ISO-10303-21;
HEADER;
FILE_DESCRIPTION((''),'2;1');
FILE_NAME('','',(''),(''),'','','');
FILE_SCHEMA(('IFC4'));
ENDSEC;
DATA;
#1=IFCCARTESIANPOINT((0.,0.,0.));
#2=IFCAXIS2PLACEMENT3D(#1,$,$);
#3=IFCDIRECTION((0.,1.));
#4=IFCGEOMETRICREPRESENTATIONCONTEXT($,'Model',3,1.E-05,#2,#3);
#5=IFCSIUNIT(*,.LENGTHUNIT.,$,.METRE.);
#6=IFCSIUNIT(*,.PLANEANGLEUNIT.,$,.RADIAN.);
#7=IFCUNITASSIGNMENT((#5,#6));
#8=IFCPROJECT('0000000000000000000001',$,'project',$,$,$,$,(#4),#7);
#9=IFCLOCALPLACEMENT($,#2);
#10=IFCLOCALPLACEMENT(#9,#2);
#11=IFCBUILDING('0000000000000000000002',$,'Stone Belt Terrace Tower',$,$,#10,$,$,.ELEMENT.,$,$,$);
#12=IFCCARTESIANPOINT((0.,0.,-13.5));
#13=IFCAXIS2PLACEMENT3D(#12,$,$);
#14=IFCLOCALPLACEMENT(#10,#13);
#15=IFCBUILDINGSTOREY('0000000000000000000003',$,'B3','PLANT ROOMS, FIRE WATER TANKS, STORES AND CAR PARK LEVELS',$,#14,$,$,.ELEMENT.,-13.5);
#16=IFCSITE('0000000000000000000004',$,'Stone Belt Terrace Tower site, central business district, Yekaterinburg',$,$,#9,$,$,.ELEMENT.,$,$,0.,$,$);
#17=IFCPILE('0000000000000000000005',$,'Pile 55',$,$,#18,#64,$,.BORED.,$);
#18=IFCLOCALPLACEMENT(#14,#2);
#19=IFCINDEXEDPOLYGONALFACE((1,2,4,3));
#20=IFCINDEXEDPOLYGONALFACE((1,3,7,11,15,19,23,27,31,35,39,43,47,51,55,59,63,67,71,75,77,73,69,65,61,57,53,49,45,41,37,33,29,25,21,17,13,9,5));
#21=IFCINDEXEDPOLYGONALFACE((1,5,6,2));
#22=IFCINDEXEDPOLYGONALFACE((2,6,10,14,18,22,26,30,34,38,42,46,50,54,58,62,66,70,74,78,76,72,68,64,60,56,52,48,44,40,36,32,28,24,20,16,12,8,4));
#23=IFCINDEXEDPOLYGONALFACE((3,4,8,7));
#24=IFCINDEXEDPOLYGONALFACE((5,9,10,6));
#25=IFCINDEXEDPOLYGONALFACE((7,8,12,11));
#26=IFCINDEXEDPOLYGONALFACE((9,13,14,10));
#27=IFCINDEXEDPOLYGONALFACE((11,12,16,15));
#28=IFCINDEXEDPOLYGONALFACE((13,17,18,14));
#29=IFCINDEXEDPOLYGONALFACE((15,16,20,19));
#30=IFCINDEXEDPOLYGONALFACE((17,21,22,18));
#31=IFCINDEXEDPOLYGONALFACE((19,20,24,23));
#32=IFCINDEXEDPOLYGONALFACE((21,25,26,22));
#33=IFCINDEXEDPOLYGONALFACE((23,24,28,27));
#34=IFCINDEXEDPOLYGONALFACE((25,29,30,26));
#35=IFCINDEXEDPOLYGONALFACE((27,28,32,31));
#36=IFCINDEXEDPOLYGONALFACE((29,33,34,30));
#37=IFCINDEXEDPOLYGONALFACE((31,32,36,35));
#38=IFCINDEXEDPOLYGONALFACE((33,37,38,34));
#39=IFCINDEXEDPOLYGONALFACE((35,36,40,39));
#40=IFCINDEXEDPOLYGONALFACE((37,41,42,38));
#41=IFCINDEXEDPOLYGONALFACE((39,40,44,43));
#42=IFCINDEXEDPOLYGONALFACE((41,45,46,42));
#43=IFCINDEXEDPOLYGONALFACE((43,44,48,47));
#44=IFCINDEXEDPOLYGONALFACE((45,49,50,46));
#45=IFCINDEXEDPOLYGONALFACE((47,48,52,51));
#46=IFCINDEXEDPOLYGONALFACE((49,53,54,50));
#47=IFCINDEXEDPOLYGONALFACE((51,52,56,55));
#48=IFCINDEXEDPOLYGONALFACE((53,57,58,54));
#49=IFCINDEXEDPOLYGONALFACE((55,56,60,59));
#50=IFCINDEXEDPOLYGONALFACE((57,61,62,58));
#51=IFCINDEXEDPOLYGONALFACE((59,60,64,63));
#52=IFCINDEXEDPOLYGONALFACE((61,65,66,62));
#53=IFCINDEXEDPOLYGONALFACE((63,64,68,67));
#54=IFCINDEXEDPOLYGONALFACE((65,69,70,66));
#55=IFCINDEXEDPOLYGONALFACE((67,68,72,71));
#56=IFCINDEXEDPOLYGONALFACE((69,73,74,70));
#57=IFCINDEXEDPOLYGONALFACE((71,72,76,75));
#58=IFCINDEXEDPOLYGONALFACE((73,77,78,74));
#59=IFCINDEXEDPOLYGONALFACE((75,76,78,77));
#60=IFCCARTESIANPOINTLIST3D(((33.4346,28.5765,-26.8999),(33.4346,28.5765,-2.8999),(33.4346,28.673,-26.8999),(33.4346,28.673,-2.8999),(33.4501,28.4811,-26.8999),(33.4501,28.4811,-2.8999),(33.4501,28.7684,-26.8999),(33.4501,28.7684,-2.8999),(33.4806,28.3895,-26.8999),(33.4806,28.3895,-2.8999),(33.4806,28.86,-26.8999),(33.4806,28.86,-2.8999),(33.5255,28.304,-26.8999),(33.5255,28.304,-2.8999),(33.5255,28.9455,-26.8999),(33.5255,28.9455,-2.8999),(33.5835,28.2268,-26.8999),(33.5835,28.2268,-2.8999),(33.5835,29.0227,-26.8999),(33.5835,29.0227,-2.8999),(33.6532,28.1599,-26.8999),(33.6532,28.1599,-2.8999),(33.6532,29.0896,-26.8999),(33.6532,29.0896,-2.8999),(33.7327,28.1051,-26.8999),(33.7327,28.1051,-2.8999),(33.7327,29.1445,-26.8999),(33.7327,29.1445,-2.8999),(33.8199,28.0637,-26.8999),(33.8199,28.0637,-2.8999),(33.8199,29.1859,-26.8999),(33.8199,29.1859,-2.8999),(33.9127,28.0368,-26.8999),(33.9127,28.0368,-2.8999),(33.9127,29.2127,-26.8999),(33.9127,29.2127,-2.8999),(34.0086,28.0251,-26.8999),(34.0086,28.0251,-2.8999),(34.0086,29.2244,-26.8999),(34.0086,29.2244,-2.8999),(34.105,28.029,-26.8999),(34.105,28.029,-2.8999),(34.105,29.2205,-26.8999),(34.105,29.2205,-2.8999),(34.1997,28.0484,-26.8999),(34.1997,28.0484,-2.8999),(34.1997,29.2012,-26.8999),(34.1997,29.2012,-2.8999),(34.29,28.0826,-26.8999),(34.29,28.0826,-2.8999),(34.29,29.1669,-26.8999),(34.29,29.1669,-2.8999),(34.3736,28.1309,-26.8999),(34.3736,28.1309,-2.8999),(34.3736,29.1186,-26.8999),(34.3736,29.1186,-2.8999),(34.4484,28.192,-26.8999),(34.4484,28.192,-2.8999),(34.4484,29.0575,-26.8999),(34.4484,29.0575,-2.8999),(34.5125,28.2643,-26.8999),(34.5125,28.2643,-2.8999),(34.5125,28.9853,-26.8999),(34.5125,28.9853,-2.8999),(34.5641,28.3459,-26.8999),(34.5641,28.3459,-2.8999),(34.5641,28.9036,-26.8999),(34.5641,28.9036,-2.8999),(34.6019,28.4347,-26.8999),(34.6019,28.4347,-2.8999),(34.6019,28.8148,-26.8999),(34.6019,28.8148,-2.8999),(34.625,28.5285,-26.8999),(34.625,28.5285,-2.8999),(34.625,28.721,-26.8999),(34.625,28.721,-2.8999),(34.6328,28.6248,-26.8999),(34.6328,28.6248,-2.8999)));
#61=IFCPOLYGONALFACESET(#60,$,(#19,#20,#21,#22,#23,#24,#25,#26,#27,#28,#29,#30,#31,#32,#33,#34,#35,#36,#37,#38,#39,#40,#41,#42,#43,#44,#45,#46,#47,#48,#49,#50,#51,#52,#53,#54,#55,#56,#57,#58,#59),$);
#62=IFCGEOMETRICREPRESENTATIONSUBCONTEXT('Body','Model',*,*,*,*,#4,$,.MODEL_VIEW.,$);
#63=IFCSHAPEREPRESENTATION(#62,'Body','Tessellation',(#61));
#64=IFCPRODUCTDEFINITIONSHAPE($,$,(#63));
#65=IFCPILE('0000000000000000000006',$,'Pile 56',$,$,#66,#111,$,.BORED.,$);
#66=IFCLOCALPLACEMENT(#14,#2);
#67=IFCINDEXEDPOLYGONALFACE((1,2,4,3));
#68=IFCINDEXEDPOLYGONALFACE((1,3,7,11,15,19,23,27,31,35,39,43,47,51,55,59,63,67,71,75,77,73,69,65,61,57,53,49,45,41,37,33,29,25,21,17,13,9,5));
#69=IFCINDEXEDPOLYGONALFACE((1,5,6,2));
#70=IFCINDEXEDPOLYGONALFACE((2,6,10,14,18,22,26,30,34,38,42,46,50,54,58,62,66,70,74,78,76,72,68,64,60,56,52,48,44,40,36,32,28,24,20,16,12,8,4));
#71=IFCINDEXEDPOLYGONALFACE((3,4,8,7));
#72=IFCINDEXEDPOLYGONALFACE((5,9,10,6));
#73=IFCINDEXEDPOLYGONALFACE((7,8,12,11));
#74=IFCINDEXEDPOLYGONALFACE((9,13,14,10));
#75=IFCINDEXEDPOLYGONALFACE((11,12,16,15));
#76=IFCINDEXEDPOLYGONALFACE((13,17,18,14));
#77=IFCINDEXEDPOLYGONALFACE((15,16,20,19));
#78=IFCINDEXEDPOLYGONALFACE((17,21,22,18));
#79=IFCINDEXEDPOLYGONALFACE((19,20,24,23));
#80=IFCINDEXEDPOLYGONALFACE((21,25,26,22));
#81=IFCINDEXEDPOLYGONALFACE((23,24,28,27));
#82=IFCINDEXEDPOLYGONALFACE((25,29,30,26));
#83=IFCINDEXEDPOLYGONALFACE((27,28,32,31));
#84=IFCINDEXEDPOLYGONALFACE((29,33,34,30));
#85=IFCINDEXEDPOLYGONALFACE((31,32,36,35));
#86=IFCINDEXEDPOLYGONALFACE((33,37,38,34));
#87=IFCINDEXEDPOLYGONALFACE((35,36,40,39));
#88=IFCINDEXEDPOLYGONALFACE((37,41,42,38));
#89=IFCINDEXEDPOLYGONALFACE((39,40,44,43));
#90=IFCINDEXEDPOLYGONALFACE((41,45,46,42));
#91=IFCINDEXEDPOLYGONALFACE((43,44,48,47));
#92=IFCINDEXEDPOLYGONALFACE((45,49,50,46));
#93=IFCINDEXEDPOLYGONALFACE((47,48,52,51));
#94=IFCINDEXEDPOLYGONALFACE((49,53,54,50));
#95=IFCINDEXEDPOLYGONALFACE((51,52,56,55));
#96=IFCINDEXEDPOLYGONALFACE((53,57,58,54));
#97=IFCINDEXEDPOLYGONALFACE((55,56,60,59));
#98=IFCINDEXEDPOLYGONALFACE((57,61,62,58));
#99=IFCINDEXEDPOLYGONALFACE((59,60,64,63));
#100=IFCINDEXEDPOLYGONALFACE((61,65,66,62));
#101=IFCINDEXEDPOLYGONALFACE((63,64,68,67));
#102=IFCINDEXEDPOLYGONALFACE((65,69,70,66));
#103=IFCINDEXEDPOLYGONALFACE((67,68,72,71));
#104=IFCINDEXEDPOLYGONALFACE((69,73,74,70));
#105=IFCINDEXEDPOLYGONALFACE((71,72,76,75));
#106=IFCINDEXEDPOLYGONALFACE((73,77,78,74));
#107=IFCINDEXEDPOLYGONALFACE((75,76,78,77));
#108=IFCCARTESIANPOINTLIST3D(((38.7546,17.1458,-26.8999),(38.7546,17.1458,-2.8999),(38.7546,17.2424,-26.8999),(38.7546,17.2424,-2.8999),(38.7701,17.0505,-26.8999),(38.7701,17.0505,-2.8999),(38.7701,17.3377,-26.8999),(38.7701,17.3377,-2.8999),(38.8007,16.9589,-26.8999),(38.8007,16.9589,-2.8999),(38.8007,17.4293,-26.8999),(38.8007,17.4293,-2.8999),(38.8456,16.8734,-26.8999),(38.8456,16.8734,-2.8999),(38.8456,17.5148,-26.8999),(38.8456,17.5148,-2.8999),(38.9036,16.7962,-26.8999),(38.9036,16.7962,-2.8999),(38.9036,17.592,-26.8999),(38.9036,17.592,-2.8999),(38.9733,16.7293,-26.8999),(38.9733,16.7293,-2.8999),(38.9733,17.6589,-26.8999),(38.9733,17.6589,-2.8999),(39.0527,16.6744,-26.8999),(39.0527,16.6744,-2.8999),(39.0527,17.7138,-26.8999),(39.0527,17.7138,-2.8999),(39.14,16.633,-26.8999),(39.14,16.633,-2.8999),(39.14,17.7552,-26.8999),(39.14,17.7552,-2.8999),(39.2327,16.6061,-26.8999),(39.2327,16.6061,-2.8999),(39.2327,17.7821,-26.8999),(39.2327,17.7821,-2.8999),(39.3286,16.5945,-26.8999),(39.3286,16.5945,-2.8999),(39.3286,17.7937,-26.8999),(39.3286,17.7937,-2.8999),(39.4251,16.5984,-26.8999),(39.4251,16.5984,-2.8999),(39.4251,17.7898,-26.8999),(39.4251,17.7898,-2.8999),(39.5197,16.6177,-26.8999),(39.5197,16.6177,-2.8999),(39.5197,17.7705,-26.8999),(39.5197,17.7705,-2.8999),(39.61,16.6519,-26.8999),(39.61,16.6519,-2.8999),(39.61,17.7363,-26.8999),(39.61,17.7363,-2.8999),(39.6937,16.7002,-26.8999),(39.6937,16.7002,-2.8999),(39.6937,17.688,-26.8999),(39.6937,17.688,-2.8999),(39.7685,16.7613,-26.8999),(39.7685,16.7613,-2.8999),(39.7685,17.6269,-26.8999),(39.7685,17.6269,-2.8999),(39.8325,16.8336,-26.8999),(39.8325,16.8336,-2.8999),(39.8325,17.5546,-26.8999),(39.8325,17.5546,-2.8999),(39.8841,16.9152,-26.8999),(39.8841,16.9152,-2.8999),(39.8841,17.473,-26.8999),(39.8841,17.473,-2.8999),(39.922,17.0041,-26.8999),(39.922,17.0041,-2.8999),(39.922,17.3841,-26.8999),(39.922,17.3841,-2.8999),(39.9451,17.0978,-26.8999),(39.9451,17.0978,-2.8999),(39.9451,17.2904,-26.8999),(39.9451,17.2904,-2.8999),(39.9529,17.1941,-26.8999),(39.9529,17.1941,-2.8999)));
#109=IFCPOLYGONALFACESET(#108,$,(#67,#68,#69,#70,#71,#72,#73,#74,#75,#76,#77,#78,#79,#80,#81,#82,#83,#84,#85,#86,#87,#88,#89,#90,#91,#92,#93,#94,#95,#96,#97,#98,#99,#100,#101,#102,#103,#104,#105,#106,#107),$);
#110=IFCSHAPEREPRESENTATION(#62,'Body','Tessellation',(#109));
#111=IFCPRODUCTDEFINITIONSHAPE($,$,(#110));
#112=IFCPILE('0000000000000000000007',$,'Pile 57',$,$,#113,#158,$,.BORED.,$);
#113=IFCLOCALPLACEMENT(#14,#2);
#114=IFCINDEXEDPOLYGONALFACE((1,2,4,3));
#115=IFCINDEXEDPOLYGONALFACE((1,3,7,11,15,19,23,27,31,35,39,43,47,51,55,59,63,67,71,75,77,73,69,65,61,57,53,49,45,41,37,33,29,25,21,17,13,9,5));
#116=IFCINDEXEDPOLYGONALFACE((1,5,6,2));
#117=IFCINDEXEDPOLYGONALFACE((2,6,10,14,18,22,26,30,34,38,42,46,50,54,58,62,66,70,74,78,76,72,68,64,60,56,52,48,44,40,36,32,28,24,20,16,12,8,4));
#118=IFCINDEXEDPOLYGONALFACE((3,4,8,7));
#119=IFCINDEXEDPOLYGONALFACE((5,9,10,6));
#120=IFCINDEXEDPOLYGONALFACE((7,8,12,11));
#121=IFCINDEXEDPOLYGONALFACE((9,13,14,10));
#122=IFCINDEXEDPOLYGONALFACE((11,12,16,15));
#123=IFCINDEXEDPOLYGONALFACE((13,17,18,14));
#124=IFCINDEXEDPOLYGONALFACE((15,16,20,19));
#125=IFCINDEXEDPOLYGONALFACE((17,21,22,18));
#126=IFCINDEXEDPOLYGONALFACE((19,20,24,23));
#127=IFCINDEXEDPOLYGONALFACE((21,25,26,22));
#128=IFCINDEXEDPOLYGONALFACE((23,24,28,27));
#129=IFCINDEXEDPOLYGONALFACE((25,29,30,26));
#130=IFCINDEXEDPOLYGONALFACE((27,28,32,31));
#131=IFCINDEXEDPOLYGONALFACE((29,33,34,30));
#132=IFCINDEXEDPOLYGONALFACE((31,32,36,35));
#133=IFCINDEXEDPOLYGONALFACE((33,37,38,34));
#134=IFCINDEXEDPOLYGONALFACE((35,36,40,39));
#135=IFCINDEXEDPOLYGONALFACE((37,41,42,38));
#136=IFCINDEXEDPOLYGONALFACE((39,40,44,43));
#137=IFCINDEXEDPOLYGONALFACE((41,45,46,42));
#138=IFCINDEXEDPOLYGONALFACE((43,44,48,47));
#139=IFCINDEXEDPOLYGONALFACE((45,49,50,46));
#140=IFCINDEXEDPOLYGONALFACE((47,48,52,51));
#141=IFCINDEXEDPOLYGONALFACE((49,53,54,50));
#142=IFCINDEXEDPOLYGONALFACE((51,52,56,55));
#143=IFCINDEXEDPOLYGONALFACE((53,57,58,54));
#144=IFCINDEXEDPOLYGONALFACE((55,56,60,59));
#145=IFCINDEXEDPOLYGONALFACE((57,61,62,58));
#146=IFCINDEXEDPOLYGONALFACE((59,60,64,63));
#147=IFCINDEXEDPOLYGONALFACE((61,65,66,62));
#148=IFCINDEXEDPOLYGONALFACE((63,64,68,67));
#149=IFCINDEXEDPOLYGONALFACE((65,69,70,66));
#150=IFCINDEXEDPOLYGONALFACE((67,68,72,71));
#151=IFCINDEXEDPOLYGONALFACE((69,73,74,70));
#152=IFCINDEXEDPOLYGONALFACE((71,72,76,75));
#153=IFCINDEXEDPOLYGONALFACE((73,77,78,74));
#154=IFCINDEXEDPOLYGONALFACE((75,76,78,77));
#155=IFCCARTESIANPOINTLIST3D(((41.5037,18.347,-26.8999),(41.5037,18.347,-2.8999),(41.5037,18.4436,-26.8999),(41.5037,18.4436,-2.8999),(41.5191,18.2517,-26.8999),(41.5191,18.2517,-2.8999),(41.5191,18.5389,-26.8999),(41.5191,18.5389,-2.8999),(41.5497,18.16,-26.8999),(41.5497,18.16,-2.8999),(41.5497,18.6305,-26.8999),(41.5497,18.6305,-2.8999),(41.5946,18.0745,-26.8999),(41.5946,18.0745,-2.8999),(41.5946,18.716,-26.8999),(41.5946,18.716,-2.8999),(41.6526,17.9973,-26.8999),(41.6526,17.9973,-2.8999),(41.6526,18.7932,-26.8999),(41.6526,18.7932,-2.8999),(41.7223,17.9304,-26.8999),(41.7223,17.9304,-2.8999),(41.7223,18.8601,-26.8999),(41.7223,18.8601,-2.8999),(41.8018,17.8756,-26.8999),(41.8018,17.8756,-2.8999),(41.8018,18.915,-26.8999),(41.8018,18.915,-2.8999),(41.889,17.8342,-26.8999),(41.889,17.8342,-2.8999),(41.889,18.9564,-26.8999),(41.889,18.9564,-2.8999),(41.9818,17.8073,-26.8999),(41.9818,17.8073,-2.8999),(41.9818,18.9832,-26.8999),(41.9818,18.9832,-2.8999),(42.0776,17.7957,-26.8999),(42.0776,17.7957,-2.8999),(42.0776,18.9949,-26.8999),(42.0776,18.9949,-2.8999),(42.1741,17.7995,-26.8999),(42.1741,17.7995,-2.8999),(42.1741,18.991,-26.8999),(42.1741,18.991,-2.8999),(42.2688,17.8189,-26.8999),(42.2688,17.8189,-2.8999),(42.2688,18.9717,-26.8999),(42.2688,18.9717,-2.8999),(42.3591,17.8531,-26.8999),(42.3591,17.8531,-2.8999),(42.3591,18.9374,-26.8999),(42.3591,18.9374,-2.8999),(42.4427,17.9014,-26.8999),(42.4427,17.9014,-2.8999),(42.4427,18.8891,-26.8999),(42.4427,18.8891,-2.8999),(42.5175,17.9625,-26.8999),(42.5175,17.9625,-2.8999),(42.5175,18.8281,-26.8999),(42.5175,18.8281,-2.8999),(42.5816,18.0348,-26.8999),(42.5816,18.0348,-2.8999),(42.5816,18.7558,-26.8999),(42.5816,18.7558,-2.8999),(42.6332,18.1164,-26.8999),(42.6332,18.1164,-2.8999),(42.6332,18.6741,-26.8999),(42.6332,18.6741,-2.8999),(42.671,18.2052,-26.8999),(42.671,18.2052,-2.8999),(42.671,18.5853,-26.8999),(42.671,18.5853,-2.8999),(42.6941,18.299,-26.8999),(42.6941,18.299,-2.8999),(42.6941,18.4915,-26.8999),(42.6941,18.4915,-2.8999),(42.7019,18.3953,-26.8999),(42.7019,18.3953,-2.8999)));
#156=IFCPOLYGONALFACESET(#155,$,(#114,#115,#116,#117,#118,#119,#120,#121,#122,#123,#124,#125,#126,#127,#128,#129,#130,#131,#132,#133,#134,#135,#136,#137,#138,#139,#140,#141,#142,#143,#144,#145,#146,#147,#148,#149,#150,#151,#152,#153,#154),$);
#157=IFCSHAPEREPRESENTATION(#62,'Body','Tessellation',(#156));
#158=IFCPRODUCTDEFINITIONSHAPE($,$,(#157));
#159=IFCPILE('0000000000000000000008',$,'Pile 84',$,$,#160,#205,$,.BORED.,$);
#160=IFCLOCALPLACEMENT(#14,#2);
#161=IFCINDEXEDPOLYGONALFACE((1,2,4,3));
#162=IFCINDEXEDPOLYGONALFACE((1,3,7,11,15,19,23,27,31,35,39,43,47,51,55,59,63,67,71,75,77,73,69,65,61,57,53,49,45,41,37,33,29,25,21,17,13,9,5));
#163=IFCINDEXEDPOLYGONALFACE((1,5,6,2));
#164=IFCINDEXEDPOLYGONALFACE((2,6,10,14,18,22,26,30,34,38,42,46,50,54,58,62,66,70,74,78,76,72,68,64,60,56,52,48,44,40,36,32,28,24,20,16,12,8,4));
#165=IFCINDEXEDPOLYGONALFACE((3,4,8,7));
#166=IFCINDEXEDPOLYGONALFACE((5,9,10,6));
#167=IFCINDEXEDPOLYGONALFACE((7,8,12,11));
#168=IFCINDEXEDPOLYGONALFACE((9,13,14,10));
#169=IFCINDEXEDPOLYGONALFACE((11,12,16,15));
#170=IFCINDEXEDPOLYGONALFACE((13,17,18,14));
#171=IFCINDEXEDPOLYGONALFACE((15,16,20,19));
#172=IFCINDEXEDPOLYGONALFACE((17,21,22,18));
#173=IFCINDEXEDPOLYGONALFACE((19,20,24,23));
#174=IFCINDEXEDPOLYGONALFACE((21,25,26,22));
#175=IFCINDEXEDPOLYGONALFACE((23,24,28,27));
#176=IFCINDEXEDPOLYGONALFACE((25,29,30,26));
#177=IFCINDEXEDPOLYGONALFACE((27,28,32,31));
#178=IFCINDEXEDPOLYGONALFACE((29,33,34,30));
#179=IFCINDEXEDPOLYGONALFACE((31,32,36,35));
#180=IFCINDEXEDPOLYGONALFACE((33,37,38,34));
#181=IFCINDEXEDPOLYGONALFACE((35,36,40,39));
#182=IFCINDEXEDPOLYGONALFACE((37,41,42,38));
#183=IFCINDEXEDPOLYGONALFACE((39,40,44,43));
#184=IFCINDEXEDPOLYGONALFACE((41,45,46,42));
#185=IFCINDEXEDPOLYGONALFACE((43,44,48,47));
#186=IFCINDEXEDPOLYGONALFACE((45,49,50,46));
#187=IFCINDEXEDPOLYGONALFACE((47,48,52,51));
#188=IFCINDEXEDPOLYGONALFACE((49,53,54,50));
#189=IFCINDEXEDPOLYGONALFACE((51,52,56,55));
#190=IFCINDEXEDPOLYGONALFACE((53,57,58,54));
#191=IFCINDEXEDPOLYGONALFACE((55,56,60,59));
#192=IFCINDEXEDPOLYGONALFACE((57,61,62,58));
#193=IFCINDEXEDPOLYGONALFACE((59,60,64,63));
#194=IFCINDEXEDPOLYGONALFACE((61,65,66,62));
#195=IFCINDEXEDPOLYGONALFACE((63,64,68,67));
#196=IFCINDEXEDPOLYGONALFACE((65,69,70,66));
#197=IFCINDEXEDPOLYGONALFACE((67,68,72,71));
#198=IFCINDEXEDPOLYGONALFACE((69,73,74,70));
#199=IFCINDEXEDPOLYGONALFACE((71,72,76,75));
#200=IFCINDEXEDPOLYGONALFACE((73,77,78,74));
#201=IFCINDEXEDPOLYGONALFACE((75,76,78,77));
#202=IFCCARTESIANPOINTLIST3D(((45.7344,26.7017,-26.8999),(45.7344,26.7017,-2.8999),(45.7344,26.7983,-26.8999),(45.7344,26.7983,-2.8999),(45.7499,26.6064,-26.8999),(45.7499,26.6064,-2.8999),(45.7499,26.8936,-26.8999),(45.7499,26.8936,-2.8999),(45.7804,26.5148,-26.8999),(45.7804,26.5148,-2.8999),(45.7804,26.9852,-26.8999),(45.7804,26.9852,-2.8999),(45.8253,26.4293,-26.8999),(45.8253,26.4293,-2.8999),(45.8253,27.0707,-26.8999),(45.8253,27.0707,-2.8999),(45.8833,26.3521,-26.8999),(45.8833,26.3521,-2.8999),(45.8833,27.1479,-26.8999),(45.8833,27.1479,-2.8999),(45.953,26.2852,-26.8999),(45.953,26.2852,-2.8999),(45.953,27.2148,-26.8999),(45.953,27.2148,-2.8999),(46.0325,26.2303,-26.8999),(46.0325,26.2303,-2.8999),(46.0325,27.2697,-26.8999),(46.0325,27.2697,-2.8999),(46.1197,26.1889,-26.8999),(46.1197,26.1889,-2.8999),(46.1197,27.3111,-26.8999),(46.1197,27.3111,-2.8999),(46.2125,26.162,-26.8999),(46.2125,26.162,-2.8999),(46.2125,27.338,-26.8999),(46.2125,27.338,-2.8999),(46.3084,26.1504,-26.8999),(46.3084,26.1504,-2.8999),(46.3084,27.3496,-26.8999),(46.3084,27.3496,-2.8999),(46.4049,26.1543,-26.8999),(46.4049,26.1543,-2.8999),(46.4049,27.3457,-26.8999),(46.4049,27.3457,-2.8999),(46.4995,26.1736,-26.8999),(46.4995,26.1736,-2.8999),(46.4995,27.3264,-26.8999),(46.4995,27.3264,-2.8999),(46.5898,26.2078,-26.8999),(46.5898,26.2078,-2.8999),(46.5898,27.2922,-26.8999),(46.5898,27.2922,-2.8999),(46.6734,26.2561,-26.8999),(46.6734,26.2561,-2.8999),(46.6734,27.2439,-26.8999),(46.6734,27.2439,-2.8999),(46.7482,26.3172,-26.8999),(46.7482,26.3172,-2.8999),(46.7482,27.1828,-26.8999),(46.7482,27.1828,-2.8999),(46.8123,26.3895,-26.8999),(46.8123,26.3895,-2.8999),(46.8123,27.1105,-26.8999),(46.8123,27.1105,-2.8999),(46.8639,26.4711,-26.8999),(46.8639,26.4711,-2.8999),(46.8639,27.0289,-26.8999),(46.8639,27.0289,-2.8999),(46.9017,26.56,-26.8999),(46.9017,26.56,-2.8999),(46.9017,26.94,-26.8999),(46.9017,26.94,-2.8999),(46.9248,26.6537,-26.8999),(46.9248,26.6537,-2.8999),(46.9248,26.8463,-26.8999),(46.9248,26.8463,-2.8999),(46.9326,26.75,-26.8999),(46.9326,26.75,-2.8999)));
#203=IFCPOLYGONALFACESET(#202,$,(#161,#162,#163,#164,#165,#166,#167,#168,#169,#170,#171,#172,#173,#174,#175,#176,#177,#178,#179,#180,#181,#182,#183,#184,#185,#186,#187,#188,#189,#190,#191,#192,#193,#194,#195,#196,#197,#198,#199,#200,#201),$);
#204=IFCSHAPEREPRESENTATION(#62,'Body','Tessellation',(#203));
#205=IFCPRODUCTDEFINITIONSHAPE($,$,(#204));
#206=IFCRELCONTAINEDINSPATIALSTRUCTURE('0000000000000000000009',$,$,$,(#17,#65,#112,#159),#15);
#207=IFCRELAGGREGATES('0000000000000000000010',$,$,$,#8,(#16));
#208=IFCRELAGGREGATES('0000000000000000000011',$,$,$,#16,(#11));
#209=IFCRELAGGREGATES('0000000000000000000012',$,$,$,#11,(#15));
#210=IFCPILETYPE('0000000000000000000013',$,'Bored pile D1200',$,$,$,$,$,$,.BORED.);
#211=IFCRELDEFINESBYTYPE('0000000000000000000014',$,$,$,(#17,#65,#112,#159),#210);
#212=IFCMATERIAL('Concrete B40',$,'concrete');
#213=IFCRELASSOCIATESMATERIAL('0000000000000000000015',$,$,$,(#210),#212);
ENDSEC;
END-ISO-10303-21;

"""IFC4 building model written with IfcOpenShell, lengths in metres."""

from ifc_helpers import new_model, si_unit, direction, frame, origin, origin_2d, place, context, subcontext, project, spatial, circle, extrude, material, material_profile, profile_set, type_object, element, save


model = new_model("IFC4")

# Units and contexts
model_context = context("Model", 3, precision=1e-05, world=origin(), true_north=direction((0.0, 1.0)))
body_context = subcontext(model_context, "Body", "Model", "MODEL_VIEW")
ifc_project = project(units=[si_unit("LENGTHUNIT", "METRE"), si_unit("PLANEANGLEUNIT", "RADIAN")], contexts=[model_context])

# Site, building, storey
site_placement = place(None, origin())
site = spatial("IfcSite", under=ifc_project, at=site_placement, Name="Stone Belt Terrace Tower site, central business district, Yekaterinburg", CompositionType="ELEMENT", RefElevation=0.0)
building_placement = place(site_placement, origin())
building = spatial("IfcBuilding", under=site, at=building_placement, Name="Stone Belt Terrace Tower", CompositionType="ELEMENT")
storey_placement = place(building_placement, frame((0.0, 0.0, -13.5)))
storey = spatial("IfcBuildingStorey", under=building, at=storey_placement, Name="B3", Description="PLANT ROOMS, FIRE WATER TANKS, STORES AND CAR PARK LEVELS", CompositionType="ELEMENT", Elevation=-13.5)

# Piles
ifc_material_1 = material(Name="Concrete B40", Category="concrete")
ifc_material_profile_1 = material_profile(ifc_material_1, circle(Radius=0.6001, at=origin_2d()), Name="PILE D1200")
ifc_profile_set_1 = profile_set([ifc_material_profile_1], Name="Concrete B40")
pile_type = type_object("IfcPileType", Name="Bored pile D1200", PredefinedType="BORED", material=ifc_profile_set_1)
for number, where, z_axis, x_axis, name in (
    (1, (34.0327, 28.6248, -2.8999), (0.0, 0.0, -1.0), (1.0, 0.0, 0.0), "Pile 55"),
    (2, (39.3528, 17.1941, -2.8999), (0.0, 0.0, -1.0), (1.0, 0.0, 0.0), "Pile 56"),
    (3, (42.1018, 18.3953, -2.8999), (0.0, 0.0, -1.0), (1.0, 0.0, 0.0), "Pile 57"),
    (4, (46.3325, 26.75, -2.8999), (0.0, 0.0, -1.0), (1.0, 0.0, 0.0), "Pile 84"),
):
    element("IfcPile", number, at=place(storey_placement, frame(where, z_axis=z_axis, x_axis=x_axis)), inside=storey, type_object=pile_type, Name=name, PredefinedType="BORED", context=body_context, shape_type="SweptSolid", body=[
        extrude(circle(Radius=0.6001, at=origin_2d()), origin(), (0.0, 0.0, 1.0), 24.0),
    ])

save(model, "model.ifc")
